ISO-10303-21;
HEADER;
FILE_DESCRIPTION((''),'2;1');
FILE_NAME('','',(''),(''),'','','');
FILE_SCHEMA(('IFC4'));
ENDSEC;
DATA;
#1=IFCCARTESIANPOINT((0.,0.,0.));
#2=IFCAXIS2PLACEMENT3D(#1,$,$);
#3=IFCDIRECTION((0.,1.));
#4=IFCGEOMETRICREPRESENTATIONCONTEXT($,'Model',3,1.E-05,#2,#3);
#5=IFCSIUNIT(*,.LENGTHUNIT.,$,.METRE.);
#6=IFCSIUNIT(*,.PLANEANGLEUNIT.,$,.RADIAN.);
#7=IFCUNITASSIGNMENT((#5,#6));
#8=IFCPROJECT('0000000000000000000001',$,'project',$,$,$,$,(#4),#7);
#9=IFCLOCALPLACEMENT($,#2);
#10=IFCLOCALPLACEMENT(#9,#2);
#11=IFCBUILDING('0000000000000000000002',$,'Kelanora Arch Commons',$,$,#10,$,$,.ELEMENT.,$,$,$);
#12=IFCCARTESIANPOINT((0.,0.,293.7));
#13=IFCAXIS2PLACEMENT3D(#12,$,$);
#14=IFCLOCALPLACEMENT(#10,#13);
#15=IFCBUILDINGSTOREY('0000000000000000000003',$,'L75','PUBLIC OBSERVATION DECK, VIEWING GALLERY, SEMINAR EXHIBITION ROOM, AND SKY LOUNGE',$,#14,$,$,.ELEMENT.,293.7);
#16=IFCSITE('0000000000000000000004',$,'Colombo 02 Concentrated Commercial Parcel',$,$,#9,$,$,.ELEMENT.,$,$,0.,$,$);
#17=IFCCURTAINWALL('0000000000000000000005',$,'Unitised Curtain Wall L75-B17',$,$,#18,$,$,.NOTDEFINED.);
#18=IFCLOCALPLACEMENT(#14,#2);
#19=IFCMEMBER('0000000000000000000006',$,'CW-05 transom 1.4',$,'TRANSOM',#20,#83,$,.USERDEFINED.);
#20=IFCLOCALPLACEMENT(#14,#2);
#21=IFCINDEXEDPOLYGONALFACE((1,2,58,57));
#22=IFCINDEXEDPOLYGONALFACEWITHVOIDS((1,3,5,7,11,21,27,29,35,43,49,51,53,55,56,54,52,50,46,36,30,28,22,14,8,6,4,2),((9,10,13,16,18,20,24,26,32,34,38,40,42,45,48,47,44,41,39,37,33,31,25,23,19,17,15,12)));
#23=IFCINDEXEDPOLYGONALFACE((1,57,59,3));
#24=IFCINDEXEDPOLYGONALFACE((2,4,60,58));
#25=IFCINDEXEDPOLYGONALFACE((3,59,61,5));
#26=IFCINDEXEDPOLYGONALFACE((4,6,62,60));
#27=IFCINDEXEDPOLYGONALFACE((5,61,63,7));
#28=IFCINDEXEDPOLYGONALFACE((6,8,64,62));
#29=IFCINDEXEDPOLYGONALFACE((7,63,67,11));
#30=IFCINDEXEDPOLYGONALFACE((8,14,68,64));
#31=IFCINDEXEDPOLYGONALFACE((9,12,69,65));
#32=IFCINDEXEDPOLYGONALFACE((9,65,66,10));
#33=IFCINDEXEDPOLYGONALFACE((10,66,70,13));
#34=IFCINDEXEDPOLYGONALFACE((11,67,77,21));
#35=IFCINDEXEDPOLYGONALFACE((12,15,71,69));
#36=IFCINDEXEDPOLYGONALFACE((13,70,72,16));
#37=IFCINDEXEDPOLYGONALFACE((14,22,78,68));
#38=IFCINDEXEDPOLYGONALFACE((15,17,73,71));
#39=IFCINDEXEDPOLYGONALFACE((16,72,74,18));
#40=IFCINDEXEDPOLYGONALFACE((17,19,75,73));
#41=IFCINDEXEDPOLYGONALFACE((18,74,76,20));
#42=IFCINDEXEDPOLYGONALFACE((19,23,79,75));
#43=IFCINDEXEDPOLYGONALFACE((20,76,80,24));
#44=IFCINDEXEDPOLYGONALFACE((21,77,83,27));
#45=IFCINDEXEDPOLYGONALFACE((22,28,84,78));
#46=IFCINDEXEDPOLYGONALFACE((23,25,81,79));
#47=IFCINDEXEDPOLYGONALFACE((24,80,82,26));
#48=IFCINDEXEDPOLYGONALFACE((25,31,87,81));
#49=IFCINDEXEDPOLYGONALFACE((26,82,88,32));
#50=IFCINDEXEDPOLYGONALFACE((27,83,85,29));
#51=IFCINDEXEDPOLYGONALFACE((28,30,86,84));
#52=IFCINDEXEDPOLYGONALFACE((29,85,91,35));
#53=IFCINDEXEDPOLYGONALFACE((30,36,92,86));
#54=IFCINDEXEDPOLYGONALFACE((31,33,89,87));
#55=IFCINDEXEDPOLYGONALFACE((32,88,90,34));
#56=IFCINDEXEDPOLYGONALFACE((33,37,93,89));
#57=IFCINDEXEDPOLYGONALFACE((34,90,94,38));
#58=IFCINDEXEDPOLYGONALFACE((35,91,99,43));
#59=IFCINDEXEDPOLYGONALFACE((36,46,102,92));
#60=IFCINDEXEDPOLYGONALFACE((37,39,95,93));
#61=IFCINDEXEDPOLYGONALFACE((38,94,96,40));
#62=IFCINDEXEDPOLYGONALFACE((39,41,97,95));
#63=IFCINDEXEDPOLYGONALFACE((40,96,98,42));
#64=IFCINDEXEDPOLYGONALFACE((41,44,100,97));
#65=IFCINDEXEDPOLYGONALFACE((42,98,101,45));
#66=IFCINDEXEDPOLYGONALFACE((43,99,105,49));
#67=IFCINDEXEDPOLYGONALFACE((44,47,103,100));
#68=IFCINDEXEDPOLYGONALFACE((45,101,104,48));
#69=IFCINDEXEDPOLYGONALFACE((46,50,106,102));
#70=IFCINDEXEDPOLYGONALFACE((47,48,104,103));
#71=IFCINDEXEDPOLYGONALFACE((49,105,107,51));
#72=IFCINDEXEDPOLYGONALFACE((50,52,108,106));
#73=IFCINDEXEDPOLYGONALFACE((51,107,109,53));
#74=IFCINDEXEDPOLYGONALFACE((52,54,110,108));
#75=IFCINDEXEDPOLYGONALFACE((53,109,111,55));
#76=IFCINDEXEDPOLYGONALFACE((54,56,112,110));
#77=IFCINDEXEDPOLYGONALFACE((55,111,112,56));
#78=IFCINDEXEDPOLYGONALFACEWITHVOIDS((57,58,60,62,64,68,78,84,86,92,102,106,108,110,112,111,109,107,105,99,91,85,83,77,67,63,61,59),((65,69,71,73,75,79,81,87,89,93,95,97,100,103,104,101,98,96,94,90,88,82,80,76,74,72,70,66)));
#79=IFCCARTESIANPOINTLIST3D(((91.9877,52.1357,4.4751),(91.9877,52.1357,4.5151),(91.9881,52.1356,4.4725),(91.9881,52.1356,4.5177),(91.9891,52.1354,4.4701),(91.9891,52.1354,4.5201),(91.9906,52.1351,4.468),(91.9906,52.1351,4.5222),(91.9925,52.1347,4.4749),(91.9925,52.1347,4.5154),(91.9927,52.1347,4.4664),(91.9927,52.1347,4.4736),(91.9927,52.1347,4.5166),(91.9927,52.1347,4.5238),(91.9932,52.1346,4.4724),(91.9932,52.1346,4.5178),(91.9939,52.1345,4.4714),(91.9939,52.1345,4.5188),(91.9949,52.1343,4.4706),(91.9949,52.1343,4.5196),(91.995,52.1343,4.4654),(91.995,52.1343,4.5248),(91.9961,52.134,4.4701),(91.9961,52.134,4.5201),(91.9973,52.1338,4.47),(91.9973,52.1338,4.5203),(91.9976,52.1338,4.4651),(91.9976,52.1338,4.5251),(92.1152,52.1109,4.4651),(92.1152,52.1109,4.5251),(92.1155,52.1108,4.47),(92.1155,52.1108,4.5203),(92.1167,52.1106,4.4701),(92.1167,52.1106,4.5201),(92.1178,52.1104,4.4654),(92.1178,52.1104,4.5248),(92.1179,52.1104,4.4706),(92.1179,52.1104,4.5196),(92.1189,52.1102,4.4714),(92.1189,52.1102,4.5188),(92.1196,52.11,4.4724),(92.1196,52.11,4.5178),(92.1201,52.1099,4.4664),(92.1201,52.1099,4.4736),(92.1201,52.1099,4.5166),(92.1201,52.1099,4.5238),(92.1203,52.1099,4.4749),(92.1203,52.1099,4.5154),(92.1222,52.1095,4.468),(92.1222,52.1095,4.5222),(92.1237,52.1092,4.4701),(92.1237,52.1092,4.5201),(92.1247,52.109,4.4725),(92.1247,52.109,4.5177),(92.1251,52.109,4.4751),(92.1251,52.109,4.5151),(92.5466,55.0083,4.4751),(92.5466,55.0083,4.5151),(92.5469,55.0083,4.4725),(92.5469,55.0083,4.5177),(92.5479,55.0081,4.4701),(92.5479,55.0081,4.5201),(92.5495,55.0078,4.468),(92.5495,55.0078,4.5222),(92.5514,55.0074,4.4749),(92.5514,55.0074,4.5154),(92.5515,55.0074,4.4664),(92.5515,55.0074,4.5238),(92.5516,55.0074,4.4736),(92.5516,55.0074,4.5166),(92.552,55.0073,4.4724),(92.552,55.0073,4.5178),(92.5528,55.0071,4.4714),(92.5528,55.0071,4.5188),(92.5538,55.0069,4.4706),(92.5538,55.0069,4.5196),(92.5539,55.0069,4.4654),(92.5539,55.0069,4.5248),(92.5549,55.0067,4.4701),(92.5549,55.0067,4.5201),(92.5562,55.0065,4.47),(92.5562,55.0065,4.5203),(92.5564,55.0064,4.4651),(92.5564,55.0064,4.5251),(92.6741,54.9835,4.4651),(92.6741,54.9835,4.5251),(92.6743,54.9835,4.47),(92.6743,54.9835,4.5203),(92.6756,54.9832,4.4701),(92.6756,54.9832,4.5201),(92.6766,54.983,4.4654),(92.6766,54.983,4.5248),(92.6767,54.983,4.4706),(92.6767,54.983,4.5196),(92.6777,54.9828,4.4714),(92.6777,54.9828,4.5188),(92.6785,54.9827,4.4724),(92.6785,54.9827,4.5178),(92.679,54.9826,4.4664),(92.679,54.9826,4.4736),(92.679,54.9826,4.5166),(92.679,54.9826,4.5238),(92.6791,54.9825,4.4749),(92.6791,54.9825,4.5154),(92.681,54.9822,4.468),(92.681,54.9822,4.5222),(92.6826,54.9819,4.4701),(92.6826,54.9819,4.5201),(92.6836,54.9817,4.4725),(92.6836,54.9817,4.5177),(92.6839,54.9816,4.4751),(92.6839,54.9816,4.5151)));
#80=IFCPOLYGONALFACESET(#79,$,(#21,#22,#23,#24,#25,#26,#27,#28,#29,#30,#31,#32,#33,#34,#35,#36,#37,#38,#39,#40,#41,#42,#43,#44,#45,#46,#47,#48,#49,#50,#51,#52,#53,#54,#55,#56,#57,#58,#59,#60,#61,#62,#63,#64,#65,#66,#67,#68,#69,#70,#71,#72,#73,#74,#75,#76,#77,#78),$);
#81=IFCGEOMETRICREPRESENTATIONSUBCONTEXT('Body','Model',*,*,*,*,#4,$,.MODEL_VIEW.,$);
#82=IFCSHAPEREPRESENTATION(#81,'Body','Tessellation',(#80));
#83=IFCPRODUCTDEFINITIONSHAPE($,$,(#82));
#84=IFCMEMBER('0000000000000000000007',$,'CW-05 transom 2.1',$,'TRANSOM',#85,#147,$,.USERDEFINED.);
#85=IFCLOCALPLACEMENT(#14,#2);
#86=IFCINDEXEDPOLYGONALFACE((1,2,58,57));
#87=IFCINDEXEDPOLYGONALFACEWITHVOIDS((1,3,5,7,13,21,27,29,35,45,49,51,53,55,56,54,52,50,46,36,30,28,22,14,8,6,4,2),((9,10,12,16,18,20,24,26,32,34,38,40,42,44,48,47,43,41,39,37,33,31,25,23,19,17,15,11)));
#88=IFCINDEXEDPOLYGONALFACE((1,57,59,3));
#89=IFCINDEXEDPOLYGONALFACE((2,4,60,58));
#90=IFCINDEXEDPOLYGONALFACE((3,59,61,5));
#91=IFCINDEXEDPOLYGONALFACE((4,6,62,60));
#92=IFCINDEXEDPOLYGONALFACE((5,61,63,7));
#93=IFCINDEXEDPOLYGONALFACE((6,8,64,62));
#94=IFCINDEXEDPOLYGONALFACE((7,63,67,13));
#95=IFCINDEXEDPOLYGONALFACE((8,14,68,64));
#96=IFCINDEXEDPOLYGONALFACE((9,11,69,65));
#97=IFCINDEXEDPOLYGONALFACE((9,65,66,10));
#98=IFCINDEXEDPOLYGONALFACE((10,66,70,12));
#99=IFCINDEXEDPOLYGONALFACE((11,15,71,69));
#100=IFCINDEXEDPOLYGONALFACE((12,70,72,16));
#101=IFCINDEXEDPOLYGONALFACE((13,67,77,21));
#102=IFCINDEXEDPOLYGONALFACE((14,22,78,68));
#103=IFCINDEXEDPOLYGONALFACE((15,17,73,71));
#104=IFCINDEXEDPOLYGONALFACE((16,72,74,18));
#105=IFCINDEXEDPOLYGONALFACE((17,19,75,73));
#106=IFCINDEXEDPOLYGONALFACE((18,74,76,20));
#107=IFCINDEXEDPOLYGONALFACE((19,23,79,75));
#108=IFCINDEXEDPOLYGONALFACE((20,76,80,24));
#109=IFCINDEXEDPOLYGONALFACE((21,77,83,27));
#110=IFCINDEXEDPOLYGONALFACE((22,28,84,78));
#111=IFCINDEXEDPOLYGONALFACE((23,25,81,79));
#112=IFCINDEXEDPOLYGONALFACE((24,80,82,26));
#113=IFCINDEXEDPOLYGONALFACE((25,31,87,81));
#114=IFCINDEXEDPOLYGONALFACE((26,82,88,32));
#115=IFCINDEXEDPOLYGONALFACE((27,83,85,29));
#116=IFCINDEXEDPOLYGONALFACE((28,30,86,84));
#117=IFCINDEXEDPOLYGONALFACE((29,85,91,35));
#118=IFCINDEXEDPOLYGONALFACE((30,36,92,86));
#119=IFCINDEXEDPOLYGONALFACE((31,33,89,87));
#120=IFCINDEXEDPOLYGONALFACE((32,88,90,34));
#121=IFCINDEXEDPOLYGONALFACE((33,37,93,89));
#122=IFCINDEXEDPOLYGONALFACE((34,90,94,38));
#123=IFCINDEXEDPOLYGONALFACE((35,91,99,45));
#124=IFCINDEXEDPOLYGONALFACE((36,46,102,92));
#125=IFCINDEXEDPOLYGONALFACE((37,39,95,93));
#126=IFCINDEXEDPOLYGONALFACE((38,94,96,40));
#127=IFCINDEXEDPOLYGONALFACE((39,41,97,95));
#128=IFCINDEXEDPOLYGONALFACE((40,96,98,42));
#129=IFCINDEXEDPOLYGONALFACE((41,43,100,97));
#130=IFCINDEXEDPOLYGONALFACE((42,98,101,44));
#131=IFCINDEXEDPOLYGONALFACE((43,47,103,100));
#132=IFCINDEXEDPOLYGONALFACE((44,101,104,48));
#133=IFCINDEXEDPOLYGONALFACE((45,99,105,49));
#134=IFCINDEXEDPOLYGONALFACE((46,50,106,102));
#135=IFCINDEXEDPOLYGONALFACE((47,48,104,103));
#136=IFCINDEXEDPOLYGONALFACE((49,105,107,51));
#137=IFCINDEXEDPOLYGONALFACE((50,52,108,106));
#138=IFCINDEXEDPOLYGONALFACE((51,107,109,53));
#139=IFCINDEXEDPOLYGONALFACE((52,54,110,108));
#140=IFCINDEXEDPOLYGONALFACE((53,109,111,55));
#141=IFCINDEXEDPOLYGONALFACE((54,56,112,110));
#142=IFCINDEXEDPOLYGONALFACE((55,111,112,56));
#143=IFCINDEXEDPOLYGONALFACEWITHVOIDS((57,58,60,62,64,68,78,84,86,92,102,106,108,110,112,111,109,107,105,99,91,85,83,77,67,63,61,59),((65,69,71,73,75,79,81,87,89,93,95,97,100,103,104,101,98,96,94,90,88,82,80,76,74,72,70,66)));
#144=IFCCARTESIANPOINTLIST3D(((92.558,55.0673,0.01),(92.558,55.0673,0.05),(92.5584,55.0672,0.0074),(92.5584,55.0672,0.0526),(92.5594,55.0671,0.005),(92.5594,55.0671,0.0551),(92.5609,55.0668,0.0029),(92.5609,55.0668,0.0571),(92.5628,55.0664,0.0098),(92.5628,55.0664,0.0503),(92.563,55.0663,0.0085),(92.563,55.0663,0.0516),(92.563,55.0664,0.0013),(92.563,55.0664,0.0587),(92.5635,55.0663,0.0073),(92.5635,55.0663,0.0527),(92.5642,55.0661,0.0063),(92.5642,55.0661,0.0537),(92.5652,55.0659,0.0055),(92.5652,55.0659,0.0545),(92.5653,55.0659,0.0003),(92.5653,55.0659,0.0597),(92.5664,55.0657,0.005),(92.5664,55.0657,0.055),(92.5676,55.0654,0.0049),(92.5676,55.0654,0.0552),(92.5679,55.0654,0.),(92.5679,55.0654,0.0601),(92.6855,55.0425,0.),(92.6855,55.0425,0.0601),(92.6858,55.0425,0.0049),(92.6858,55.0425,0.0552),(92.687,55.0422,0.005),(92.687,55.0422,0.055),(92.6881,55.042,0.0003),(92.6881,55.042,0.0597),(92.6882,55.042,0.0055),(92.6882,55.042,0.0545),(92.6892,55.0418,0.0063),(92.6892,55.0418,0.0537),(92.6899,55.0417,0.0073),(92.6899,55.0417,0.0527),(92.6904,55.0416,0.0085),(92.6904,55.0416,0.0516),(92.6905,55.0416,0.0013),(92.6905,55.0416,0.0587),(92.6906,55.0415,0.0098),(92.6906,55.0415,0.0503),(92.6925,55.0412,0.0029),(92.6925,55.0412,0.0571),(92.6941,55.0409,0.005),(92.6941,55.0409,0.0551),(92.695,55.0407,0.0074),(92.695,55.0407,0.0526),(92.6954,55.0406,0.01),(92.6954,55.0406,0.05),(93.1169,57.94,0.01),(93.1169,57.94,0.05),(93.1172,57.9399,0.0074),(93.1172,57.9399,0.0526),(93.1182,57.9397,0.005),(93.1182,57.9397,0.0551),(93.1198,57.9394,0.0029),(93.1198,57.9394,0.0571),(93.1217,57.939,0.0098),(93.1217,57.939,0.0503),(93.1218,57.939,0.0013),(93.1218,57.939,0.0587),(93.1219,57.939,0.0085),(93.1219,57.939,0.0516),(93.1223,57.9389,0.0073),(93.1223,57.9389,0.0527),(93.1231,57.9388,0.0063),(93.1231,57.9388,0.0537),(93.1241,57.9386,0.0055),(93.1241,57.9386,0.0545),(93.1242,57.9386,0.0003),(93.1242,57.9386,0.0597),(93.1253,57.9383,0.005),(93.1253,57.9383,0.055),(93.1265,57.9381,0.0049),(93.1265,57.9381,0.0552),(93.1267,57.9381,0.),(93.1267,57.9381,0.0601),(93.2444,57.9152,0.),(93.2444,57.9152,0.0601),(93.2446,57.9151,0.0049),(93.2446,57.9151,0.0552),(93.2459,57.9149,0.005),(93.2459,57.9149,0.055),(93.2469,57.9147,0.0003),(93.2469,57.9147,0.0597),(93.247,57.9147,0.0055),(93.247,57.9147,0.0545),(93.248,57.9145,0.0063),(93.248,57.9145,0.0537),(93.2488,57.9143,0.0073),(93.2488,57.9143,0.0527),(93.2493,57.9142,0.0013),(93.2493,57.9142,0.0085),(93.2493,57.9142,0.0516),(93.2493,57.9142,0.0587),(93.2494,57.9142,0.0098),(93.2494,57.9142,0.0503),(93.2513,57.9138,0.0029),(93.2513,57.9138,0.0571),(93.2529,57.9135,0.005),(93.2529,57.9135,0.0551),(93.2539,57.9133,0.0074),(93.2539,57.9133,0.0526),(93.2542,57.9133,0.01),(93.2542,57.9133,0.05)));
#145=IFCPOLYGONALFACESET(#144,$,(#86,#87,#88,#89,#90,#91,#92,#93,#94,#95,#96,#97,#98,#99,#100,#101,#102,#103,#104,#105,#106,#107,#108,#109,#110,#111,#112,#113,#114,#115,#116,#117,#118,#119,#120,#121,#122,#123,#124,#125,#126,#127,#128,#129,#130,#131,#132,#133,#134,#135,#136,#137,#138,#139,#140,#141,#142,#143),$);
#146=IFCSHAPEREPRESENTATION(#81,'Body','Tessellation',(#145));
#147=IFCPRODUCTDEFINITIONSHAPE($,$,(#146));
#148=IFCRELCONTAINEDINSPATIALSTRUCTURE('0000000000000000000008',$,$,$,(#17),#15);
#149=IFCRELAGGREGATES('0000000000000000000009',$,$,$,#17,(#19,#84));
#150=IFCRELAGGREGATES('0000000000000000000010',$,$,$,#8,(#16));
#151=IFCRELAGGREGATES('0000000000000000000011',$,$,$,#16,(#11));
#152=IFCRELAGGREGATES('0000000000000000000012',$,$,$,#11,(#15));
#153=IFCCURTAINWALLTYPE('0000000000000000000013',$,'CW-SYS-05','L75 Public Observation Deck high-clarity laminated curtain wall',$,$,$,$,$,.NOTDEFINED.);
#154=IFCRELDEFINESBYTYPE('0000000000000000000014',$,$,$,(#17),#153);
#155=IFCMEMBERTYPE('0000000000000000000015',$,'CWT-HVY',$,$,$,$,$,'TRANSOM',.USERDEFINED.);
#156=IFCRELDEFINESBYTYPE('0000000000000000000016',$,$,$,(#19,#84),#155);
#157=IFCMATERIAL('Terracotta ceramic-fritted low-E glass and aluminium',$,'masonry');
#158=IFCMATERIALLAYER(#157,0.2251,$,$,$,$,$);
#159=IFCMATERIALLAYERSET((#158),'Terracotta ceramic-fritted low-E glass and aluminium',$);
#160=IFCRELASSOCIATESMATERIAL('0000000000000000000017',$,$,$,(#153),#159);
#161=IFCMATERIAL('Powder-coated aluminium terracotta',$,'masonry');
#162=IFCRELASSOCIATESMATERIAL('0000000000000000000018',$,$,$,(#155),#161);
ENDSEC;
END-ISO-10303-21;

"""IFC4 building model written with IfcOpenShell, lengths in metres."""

from ifc_helpers import new_model, si_unit, direction, frame, origin, origin_2d, place, context, subcontext, project, spatial, hollow_rectangle, extrude, material, layer, layer_set, material_profile, profile_set, type_object, element, aggregate, save


model = new_model("IFC4")

# Units and contexts
model_context = context("Model", 3, precision=1e-05, world=origin(), true_north=direction((0.0, 1.0)))
body_context = subcontext(model_context, "Body", "Model", "MODEL_VIEW")
ifc_project = project(units=[si_unit("LENGTHUNIT", "METRE"), si_unit("PLANEANGLEUNIT", "RADIAN")], contexts=[model_context])

# Site, building, storey
site_placement = place(None, origin())
site = spatial("IfcSite", under=ifc_project, at=site_placement, Name="Colombo 02 Concentrated Commercial Parcel", CompositionType="ELEMENT", RefElevation=0.0)
building_placement = place(site_placement, origin())
building = spatial("IfcBuilding", under=site, at=building_placement, Name="Kelanora Arch Commons", CompositionType="ELEMENT")
storey_placement = place(building_placement, frame((0.0, 0.0, 293.7)))
storey = spatial("IfcBuildingStorey", under=building, at=storey_placement, Name="L75", Description="PUBLIC OBSERVATION DECK, VIEWING GALLERY, SEMINAR EXHIBITION ROOM, AND SKY LOUNGE", CompositionType="ELEMENT", Elevation=293.7)

# Shared definitions
ifc_material_1 = material(Name="Terracotta ceramic-fritted low-E glass and aluminium", Category="masonry")
ifc_layer_1 = layer(ifc_material_1, 0.2251)
ifc_layer_set_1 = layer_set([ifc_layer_1], Name="Terracotta ceramic-fritted low-E glass and aluminium")
curtain_wall_type = type_object("IfcCurtainWallType", Name="CW-SYS-05", Description="L75 Public Observation Deck high-clarity laminated curtain wall", PredefinedType="NOTDEFINED", material=ifc_layer_set_1)
ifc_material_2 = material(Name="Powder-coated aluminium terracotta", Category="masonry")

# Curtain wall, members
curtain_wall_1_placement = place(storey_placement, origin())
curtain_wall_1 = element("IfcCurtainWall", 1, at=curtain_wall_1_placement, inside=storey, type_object=curtain_wall_type, Name="Unitised Curtain Wall L75-B17", PredefinedType="NOTDEFINED")
ifc_material_profile_1 = material_profile(ifc_material_2, hollow_rectangle(XDim=0.1399, YDim=0.0601, WallThickness=0.0049, InnerFilletRadius=0.0049, OuterFilletRadius=0.01, at=origin_2d()), Name="CWT140x60")
ifc_profile_set_1 = profile_set([ifc_material_profile_1], Name="Powder-coated aluminium terracotta")
member_type_1 = type_object("IfcMemberType", Name="CWT-HVY", ElementType="TRANSOM", PredefinedType="USERDEFINED", material=ifc_profile_set_1)
member_1_placement = place(storey_placement, frame((92.0564, 52.1223, 4.4951), z_axis=(0.190963, 0.981597, 0.0), x_axis=(-0.981597, 0.190963, 0.0)))
member_1 = element("IfcMember", 2, at=member_1_placement, type_object=member_type_1, Name="CW-05 transom 1.4", ObjectType="TRANSOM", PredefinedType="USERDEFINED", context=body_context, shape_type="SweptSolid", body=[
    extrude(hollow_rectangle(XDim=0.1399, YDim=0.0601, WallThickness=0.0049, InnerFilletRadius=0.0049, OuterFilletRadius=0.01, at=origin_2d()), origin(), (0.0, 0.0, 1.0), 2.9265),
])
member_2_placement = place(storey_placement, frame((92.6267, 55.054, 0.03), z_axis=(0.190963, 0.981597, 0.0), x_axis=(-0.981597, 0.190963, 0.0)))
member_2 = element("IfcMember", 3, at=member_2_placement, type_object=member_type_1, Name="CW-05 transom 2.1", ObjectType="TRANSOM", PredefinedType="USERDEFINED", context=body_context, shape_type="SweptSolid", body=[
    extrude(hollow_rectangle(XDim=0.1399, YDim=0.0601, WallThickness=0.0049, InnerFilletRadius=0.0049, OuterFilletRadius=0.01, at=origin_2d()), origin(), (0.0, 0.0, 1.0), 2.9265),
])
aggregate(curtain_wall_1, [member_1, member_2])

save(model, "model.ifc")
